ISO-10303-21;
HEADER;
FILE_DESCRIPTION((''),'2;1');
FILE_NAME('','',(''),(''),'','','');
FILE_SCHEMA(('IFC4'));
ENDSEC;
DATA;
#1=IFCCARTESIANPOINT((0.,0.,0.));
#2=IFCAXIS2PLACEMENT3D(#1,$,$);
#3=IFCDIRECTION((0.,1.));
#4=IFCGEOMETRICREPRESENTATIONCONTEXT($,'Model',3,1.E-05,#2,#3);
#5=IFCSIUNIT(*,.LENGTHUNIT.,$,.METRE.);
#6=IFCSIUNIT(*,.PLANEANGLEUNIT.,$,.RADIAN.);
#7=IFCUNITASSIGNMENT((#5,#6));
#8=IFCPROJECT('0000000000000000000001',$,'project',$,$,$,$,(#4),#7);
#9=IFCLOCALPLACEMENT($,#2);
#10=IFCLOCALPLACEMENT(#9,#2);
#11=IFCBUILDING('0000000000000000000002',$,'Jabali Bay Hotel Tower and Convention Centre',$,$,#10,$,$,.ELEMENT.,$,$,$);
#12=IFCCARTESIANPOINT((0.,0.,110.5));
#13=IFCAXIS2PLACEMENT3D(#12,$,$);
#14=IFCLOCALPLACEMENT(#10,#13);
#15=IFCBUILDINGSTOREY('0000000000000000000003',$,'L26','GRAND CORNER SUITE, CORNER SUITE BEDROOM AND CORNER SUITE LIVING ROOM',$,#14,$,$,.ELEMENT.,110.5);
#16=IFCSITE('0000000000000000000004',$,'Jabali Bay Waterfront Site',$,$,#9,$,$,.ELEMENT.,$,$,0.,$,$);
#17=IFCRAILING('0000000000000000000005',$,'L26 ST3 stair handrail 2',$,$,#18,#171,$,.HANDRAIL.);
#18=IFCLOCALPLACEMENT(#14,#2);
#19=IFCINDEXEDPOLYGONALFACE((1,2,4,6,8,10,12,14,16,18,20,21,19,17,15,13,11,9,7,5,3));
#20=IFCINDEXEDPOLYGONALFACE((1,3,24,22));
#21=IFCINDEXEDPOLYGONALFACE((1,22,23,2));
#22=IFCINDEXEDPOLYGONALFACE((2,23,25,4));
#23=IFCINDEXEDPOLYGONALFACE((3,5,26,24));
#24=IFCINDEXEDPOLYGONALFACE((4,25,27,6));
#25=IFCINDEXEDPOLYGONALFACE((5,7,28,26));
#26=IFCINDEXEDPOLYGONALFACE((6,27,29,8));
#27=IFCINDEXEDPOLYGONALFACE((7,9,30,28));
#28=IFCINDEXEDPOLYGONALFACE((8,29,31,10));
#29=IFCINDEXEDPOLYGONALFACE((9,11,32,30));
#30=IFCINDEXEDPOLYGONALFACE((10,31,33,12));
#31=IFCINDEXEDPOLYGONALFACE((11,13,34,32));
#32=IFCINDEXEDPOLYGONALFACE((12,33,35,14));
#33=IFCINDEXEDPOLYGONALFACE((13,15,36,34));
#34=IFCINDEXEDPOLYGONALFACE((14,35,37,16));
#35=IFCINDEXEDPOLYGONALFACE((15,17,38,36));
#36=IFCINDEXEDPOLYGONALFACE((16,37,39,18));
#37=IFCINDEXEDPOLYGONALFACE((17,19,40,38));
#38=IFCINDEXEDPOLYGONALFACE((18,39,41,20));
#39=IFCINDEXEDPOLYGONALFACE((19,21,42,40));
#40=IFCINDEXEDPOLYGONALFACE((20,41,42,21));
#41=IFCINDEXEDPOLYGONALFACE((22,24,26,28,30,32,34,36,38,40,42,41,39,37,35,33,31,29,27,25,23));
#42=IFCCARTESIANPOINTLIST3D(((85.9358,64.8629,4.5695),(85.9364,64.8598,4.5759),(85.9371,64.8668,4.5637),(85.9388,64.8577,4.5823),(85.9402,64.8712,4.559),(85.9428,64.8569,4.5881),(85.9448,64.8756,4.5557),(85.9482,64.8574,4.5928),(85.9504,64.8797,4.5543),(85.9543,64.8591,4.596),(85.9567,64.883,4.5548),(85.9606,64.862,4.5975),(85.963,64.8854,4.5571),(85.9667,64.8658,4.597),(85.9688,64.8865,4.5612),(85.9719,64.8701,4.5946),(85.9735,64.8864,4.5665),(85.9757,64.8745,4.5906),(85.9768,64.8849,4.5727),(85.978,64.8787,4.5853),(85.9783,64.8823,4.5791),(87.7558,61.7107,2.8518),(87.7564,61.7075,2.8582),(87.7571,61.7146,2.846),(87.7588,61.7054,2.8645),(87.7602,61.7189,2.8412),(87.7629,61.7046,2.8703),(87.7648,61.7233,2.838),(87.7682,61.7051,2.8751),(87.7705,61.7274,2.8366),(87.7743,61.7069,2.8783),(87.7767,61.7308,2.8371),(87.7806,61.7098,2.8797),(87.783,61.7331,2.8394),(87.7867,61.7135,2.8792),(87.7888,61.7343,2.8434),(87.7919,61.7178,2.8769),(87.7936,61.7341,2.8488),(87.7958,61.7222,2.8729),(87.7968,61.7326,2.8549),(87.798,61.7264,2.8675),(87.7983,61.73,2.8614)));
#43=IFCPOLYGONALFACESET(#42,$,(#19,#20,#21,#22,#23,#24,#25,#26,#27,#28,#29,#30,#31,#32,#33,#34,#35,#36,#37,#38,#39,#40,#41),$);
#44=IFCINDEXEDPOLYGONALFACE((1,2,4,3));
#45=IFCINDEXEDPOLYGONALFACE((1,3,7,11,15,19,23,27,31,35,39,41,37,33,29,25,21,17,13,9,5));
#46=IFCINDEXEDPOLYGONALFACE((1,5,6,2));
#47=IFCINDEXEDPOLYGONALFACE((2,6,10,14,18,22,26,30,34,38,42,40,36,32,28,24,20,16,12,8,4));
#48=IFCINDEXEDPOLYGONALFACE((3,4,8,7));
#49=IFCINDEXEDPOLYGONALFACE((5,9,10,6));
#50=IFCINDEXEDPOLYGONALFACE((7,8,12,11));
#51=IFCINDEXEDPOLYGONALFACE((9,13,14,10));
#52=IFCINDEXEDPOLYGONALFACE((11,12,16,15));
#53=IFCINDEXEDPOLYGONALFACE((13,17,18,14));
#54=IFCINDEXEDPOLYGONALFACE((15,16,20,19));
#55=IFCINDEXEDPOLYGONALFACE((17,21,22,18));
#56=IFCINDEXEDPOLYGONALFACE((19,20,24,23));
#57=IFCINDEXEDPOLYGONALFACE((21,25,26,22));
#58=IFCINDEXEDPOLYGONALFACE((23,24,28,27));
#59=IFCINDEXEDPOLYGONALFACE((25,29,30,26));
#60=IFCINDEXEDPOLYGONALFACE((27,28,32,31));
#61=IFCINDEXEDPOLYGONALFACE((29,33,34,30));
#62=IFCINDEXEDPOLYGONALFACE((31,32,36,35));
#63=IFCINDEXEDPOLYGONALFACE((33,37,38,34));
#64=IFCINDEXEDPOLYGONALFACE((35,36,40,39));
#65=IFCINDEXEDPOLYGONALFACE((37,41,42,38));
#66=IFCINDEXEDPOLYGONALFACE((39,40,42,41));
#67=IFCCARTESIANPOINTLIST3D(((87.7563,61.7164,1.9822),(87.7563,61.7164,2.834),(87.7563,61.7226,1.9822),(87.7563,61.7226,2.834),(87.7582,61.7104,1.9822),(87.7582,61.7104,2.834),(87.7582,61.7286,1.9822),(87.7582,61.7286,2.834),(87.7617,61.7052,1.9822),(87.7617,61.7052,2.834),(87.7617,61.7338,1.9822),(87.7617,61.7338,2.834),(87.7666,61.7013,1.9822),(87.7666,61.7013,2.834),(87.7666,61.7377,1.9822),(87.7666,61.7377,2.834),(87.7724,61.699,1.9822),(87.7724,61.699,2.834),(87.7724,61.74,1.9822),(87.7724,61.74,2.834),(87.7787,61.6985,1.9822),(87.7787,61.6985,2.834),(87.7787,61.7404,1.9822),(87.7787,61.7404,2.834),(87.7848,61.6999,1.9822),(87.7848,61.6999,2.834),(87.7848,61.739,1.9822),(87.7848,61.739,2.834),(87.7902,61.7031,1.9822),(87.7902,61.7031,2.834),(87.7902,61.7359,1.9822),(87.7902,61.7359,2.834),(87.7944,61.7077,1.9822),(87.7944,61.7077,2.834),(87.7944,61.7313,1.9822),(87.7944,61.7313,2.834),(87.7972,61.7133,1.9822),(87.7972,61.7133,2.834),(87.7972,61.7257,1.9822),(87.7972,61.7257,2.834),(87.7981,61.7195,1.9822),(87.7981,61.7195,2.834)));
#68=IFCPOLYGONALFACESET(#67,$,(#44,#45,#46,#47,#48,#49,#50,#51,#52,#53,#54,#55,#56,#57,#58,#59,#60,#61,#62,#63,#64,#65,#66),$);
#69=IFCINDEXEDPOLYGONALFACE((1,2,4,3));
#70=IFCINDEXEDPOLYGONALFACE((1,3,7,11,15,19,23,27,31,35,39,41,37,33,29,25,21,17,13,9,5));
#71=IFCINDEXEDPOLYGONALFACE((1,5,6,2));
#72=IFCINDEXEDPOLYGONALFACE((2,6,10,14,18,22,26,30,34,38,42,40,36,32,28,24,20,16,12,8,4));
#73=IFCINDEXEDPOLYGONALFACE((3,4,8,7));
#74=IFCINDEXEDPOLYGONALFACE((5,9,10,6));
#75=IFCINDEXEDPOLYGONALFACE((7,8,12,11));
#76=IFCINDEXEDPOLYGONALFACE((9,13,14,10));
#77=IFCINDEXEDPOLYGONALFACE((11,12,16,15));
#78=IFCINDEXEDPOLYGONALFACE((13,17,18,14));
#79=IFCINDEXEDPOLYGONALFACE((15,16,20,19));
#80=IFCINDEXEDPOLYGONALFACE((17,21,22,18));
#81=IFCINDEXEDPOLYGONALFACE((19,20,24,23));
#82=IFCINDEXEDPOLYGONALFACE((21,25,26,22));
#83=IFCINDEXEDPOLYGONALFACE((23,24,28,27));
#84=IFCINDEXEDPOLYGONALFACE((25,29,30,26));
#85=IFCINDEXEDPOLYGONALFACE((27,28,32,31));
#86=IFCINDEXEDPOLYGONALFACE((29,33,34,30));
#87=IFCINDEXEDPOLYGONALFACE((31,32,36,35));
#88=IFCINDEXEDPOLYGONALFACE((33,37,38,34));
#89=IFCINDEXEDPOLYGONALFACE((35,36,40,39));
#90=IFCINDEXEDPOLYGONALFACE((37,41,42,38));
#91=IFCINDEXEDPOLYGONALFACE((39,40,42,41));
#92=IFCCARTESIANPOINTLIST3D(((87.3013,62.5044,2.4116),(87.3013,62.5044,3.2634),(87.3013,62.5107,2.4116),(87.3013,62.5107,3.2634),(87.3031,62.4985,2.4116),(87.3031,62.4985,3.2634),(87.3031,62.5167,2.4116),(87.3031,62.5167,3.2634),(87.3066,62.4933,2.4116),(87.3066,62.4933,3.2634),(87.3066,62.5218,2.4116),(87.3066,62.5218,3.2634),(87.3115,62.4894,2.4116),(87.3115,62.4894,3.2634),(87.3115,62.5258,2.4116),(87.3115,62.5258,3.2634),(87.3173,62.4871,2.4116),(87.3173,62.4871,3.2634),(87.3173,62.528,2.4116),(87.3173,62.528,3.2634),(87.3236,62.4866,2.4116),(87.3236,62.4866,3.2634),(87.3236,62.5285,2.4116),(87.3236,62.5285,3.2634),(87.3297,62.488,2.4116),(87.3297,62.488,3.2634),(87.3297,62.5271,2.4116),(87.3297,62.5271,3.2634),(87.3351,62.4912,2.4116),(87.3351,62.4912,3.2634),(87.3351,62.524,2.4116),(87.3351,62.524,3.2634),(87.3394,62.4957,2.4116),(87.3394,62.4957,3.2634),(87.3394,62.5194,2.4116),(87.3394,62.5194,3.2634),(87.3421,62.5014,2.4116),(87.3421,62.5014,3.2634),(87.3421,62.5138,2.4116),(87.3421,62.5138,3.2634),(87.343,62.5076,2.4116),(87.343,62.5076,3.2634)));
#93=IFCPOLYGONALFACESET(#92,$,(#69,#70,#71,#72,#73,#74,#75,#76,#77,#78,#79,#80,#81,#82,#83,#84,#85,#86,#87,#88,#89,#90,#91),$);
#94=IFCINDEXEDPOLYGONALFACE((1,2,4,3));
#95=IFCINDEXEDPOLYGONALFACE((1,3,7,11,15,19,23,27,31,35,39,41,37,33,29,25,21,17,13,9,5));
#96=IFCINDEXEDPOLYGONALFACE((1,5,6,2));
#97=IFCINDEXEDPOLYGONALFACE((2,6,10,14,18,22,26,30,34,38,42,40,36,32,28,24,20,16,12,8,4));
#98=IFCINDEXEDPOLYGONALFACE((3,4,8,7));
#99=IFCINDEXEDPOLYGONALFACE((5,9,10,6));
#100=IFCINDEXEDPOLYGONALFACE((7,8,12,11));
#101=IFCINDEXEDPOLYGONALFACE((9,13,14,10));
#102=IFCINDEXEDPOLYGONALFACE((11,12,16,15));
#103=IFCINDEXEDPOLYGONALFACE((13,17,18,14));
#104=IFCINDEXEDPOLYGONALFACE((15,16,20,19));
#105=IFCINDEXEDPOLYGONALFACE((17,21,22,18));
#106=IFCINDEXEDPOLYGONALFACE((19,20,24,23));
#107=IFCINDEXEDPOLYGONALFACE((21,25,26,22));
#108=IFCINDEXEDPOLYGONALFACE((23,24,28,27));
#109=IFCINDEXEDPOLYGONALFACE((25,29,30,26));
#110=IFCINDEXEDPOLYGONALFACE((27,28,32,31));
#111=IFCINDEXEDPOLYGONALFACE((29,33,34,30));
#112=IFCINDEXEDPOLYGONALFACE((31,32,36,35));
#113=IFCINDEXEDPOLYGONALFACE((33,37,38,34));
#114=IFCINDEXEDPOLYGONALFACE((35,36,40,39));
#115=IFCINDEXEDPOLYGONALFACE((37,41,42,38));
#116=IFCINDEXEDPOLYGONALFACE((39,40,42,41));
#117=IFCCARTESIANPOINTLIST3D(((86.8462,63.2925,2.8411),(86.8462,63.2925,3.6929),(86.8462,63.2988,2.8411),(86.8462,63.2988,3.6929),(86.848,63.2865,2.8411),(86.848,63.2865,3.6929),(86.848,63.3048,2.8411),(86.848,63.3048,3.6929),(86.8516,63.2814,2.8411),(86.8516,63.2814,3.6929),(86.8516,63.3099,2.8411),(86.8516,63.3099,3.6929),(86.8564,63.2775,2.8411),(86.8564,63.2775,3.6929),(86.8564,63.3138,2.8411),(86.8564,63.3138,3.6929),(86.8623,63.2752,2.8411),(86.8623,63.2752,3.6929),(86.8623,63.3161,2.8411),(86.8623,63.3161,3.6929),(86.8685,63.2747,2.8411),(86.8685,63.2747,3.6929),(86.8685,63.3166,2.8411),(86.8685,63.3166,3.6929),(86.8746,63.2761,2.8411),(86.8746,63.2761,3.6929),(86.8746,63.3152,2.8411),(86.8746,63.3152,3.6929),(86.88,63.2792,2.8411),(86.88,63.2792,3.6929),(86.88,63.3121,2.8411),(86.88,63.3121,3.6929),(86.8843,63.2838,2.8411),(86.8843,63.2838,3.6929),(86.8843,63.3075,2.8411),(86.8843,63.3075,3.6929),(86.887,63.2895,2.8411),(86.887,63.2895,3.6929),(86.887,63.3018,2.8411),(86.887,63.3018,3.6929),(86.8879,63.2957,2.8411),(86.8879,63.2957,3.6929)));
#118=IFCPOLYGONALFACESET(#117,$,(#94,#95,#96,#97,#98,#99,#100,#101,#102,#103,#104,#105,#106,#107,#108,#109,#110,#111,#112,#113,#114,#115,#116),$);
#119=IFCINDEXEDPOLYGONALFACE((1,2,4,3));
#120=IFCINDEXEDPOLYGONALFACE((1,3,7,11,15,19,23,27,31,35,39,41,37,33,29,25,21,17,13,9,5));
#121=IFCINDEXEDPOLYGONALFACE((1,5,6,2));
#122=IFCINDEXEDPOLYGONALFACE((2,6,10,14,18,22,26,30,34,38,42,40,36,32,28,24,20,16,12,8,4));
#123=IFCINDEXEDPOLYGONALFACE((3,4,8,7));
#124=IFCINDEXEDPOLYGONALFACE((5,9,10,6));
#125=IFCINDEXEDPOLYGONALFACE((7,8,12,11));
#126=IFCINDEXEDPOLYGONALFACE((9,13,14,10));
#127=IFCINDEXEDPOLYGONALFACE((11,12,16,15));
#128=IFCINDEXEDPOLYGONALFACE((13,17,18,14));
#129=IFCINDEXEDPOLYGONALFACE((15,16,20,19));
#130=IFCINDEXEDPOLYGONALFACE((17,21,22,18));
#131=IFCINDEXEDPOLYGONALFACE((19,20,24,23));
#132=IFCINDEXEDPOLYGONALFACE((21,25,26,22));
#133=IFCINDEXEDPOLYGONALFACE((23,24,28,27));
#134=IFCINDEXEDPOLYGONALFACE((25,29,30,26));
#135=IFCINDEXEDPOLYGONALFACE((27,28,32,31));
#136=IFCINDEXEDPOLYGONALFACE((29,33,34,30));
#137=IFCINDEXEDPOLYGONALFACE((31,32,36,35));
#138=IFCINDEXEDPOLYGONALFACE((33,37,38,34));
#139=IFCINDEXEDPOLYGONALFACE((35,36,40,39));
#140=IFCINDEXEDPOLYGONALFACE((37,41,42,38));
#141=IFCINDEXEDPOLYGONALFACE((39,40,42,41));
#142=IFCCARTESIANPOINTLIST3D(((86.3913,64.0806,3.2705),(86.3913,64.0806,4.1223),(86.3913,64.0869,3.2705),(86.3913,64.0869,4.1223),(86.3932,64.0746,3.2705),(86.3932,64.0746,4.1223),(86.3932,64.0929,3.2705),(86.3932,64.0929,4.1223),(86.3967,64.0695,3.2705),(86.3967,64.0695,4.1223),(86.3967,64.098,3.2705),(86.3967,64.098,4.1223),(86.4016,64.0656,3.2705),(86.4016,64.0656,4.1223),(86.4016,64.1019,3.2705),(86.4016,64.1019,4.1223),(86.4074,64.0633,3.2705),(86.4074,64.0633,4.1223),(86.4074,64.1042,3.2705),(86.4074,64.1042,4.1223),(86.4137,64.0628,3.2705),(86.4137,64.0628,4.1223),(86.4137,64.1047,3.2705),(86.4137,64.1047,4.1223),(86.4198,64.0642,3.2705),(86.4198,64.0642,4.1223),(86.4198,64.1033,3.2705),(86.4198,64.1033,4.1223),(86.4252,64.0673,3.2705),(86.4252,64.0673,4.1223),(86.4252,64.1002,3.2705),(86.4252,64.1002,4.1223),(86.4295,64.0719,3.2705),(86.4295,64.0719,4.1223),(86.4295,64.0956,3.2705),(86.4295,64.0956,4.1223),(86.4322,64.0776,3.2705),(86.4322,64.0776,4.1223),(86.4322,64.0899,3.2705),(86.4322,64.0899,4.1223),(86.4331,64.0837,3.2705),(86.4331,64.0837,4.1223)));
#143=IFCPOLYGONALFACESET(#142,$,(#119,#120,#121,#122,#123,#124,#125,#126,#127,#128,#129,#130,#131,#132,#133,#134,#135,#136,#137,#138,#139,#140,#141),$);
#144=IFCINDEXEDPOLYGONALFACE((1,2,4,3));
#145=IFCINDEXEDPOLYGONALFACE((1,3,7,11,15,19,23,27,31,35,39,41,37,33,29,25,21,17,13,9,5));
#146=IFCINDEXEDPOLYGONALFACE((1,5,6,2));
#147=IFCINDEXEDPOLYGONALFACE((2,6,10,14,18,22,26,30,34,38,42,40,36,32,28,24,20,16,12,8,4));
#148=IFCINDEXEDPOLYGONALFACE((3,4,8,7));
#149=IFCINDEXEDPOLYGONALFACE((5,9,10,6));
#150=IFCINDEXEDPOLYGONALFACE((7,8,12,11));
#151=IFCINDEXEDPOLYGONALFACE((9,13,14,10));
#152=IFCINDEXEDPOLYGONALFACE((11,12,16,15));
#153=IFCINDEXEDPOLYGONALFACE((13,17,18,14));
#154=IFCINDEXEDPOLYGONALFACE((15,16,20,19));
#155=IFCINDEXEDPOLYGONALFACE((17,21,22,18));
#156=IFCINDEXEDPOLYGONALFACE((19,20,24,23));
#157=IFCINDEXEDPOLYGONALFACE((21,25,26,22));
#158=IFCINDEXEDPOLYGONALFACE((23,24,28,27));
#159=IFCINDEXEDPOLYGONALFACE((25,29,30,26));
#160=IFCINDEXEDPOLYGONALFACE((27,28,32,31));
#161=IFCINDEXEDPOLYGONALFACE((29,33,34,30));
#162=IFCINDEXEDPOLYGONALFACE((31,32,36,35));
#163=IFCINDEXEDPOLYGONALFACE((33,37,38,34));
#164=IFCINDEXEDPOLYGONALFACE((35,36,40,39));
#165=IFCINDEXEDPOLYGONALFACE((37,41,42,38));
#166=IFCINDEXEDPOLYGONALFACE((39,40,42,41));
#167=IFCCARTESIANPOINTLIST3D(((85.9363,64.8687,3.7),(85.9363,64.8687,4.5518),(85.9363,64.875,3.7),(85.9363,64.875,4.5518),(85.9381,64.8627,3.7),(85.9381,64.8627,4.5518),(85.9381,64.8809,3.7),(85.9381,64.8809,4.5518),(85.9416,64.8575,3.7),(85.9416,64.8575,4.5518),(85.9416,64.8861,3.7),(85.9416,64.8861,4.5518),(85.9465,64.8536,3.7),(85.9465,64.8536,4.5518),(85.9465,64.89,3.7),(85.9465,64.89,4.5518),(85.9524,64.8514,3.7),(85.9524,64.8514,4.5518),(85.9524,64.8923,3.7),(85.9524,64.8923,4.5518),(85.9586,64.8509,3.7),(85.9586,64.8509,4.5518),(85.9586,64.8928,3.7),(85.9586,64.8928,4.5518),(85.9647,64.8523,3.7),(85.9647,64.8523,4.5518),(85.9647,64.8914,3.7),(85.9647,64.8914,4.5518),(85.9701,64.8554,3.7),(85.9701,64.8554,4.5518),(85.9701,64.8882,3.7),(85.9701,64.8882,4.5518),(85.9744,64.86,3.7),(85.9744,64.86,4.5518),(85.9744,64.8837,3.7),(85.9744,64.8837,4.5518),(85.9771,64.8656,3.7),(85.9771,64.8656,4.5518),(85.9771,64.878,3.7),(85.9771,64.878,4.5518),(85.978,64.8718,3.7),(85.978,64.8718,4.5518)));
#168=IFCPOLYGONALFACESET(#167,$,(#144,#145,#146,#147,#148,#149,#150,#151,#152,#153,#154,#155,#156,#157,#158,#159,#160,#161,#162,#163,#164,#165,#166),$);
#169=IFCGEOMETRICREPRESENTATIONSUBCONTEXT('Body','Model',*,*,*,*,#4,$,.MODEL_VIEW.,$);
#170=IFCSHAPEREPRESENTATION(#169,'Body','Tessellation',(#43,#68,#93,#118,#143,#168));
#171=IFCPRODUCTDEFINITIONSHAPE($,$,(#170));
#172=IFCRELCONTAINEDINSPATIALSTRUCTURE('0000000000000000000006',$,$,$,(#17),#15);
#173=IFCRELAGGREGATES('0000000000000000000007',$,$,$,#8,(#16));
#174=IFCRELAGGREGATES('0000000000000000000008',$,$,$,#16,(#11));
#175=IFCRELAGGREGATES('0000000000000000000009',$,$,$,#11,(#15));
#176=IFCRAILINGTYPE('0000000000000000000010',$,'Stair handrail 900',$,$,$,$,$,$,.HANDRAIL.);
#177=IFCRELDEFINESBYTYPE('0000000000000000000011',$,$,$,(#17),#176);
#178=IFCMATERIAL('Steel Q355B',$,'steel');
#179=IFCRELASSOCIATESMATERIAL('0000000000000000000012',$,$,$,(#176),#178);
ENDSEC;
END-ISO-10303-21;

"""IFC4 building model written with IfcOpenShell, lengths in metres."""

from ifc_helpers import new_model, si_unit, direction, frame, origin, origin_2d, place, context, subcontext, project, spatial, circle, extrude, material, type_object, element, save


model = new_model("IFC4")

# Units and contexts
model_context = context("Model", 3, precision=1e-05, world=origin(), true_north=direction((0.0, 1.0)))
body_context = subcontext(model_context, "Body", "Model", "MODEL_VIEW")
ifc_project = project(units=[si_unit("LENGTHUNIT", "METRE"), si_unit("PLANEANGLEUNIT", "RADIAN")], contexts=[model_context])

# Site, building, storey
site_placement = place(None, origin())
site = spatial("IfcSite", under=ifc_project, at=site_placement, Name="Jabali Bay Waterfront Site", CompositionType="ELEMENT", RefElevation=0.0)
building_placement = place(site_placement, origin())
building = spatial("IfcBuilding", under=site, at=building_placement, Name="Jabali Bay Hotel Tower and Convention Centre", CompositionType="ELEMENT")
storey_placement = place(building_placement, frame((0.0, 0.0, 110.5)))
storey = spatial("IfcBuildingStorey", under=building, at=storey_placement, Name="L26", Description="GRAND CORNER SUITE, CORNER SUITE BEDROOM AND CORNER SUITE LIVING ROOM", CompositionType="ELEMENT", Elevation=110.5)

# Railing
ifc_material_1 = material(Name="Steel Q355B", Category="steel")
railing_type_1 = type_object("IfcRailingType", Name="Stair handrail 900", PredefinedType="HANDRAIL", material=ifc_material_1)
railing_1_placement = place(storey_placement, frame((87.7771, 61.7195, 1.9822)))
element("IfcRailing", 1, at=railing_1_placement, inside=storey, type_object=railing_type_1, Name="L26 ST3 stair handrail 2", PredefinedType="HANDRAIL", context=body_context, shape_type="SweptSolid", body=[
    extrude(circle(Radius=0.0239, at=origin_2d()), frame((0.0, 0.0, 0.876), z_axis=(-0.45219, 0.78319, 0.426775), x_axis=(-0.866018, -0.500013, 0.0)), (0.0, 0.0, 1.0), 4.0249),
    extrude(circle(Radius=0.021, at=origin_2d()), origin(), (0.0, 0.0, 1.0), 0.8518),
    extrude(circle(Radius=0.021, at=origin_2d()), frame((-0.4551, 0.7881, 0.4294)), (0.0, 0.0, 1.0), 0.8518),
    extrude(circle(Radius=0.021, at=origin_2d()), frame((-0.9102, 1.5762, 0.8589)), (0.0, 0.0, 1.0), 0.8518),
    extrude(circle(Radius=0.021, at=origin_2d()), frame((-1.365, 2.3643, 1.2883)), (0.0, 0.0, 1.0), 0.8518),
    extrude(circle(Radius=0.021, at=origin_2d()), frame((-1.8201, 3.1523, 1.7178)), (0.0, 0.0, 1.0), 0.8518),
])

save(model, "model.ifc")
